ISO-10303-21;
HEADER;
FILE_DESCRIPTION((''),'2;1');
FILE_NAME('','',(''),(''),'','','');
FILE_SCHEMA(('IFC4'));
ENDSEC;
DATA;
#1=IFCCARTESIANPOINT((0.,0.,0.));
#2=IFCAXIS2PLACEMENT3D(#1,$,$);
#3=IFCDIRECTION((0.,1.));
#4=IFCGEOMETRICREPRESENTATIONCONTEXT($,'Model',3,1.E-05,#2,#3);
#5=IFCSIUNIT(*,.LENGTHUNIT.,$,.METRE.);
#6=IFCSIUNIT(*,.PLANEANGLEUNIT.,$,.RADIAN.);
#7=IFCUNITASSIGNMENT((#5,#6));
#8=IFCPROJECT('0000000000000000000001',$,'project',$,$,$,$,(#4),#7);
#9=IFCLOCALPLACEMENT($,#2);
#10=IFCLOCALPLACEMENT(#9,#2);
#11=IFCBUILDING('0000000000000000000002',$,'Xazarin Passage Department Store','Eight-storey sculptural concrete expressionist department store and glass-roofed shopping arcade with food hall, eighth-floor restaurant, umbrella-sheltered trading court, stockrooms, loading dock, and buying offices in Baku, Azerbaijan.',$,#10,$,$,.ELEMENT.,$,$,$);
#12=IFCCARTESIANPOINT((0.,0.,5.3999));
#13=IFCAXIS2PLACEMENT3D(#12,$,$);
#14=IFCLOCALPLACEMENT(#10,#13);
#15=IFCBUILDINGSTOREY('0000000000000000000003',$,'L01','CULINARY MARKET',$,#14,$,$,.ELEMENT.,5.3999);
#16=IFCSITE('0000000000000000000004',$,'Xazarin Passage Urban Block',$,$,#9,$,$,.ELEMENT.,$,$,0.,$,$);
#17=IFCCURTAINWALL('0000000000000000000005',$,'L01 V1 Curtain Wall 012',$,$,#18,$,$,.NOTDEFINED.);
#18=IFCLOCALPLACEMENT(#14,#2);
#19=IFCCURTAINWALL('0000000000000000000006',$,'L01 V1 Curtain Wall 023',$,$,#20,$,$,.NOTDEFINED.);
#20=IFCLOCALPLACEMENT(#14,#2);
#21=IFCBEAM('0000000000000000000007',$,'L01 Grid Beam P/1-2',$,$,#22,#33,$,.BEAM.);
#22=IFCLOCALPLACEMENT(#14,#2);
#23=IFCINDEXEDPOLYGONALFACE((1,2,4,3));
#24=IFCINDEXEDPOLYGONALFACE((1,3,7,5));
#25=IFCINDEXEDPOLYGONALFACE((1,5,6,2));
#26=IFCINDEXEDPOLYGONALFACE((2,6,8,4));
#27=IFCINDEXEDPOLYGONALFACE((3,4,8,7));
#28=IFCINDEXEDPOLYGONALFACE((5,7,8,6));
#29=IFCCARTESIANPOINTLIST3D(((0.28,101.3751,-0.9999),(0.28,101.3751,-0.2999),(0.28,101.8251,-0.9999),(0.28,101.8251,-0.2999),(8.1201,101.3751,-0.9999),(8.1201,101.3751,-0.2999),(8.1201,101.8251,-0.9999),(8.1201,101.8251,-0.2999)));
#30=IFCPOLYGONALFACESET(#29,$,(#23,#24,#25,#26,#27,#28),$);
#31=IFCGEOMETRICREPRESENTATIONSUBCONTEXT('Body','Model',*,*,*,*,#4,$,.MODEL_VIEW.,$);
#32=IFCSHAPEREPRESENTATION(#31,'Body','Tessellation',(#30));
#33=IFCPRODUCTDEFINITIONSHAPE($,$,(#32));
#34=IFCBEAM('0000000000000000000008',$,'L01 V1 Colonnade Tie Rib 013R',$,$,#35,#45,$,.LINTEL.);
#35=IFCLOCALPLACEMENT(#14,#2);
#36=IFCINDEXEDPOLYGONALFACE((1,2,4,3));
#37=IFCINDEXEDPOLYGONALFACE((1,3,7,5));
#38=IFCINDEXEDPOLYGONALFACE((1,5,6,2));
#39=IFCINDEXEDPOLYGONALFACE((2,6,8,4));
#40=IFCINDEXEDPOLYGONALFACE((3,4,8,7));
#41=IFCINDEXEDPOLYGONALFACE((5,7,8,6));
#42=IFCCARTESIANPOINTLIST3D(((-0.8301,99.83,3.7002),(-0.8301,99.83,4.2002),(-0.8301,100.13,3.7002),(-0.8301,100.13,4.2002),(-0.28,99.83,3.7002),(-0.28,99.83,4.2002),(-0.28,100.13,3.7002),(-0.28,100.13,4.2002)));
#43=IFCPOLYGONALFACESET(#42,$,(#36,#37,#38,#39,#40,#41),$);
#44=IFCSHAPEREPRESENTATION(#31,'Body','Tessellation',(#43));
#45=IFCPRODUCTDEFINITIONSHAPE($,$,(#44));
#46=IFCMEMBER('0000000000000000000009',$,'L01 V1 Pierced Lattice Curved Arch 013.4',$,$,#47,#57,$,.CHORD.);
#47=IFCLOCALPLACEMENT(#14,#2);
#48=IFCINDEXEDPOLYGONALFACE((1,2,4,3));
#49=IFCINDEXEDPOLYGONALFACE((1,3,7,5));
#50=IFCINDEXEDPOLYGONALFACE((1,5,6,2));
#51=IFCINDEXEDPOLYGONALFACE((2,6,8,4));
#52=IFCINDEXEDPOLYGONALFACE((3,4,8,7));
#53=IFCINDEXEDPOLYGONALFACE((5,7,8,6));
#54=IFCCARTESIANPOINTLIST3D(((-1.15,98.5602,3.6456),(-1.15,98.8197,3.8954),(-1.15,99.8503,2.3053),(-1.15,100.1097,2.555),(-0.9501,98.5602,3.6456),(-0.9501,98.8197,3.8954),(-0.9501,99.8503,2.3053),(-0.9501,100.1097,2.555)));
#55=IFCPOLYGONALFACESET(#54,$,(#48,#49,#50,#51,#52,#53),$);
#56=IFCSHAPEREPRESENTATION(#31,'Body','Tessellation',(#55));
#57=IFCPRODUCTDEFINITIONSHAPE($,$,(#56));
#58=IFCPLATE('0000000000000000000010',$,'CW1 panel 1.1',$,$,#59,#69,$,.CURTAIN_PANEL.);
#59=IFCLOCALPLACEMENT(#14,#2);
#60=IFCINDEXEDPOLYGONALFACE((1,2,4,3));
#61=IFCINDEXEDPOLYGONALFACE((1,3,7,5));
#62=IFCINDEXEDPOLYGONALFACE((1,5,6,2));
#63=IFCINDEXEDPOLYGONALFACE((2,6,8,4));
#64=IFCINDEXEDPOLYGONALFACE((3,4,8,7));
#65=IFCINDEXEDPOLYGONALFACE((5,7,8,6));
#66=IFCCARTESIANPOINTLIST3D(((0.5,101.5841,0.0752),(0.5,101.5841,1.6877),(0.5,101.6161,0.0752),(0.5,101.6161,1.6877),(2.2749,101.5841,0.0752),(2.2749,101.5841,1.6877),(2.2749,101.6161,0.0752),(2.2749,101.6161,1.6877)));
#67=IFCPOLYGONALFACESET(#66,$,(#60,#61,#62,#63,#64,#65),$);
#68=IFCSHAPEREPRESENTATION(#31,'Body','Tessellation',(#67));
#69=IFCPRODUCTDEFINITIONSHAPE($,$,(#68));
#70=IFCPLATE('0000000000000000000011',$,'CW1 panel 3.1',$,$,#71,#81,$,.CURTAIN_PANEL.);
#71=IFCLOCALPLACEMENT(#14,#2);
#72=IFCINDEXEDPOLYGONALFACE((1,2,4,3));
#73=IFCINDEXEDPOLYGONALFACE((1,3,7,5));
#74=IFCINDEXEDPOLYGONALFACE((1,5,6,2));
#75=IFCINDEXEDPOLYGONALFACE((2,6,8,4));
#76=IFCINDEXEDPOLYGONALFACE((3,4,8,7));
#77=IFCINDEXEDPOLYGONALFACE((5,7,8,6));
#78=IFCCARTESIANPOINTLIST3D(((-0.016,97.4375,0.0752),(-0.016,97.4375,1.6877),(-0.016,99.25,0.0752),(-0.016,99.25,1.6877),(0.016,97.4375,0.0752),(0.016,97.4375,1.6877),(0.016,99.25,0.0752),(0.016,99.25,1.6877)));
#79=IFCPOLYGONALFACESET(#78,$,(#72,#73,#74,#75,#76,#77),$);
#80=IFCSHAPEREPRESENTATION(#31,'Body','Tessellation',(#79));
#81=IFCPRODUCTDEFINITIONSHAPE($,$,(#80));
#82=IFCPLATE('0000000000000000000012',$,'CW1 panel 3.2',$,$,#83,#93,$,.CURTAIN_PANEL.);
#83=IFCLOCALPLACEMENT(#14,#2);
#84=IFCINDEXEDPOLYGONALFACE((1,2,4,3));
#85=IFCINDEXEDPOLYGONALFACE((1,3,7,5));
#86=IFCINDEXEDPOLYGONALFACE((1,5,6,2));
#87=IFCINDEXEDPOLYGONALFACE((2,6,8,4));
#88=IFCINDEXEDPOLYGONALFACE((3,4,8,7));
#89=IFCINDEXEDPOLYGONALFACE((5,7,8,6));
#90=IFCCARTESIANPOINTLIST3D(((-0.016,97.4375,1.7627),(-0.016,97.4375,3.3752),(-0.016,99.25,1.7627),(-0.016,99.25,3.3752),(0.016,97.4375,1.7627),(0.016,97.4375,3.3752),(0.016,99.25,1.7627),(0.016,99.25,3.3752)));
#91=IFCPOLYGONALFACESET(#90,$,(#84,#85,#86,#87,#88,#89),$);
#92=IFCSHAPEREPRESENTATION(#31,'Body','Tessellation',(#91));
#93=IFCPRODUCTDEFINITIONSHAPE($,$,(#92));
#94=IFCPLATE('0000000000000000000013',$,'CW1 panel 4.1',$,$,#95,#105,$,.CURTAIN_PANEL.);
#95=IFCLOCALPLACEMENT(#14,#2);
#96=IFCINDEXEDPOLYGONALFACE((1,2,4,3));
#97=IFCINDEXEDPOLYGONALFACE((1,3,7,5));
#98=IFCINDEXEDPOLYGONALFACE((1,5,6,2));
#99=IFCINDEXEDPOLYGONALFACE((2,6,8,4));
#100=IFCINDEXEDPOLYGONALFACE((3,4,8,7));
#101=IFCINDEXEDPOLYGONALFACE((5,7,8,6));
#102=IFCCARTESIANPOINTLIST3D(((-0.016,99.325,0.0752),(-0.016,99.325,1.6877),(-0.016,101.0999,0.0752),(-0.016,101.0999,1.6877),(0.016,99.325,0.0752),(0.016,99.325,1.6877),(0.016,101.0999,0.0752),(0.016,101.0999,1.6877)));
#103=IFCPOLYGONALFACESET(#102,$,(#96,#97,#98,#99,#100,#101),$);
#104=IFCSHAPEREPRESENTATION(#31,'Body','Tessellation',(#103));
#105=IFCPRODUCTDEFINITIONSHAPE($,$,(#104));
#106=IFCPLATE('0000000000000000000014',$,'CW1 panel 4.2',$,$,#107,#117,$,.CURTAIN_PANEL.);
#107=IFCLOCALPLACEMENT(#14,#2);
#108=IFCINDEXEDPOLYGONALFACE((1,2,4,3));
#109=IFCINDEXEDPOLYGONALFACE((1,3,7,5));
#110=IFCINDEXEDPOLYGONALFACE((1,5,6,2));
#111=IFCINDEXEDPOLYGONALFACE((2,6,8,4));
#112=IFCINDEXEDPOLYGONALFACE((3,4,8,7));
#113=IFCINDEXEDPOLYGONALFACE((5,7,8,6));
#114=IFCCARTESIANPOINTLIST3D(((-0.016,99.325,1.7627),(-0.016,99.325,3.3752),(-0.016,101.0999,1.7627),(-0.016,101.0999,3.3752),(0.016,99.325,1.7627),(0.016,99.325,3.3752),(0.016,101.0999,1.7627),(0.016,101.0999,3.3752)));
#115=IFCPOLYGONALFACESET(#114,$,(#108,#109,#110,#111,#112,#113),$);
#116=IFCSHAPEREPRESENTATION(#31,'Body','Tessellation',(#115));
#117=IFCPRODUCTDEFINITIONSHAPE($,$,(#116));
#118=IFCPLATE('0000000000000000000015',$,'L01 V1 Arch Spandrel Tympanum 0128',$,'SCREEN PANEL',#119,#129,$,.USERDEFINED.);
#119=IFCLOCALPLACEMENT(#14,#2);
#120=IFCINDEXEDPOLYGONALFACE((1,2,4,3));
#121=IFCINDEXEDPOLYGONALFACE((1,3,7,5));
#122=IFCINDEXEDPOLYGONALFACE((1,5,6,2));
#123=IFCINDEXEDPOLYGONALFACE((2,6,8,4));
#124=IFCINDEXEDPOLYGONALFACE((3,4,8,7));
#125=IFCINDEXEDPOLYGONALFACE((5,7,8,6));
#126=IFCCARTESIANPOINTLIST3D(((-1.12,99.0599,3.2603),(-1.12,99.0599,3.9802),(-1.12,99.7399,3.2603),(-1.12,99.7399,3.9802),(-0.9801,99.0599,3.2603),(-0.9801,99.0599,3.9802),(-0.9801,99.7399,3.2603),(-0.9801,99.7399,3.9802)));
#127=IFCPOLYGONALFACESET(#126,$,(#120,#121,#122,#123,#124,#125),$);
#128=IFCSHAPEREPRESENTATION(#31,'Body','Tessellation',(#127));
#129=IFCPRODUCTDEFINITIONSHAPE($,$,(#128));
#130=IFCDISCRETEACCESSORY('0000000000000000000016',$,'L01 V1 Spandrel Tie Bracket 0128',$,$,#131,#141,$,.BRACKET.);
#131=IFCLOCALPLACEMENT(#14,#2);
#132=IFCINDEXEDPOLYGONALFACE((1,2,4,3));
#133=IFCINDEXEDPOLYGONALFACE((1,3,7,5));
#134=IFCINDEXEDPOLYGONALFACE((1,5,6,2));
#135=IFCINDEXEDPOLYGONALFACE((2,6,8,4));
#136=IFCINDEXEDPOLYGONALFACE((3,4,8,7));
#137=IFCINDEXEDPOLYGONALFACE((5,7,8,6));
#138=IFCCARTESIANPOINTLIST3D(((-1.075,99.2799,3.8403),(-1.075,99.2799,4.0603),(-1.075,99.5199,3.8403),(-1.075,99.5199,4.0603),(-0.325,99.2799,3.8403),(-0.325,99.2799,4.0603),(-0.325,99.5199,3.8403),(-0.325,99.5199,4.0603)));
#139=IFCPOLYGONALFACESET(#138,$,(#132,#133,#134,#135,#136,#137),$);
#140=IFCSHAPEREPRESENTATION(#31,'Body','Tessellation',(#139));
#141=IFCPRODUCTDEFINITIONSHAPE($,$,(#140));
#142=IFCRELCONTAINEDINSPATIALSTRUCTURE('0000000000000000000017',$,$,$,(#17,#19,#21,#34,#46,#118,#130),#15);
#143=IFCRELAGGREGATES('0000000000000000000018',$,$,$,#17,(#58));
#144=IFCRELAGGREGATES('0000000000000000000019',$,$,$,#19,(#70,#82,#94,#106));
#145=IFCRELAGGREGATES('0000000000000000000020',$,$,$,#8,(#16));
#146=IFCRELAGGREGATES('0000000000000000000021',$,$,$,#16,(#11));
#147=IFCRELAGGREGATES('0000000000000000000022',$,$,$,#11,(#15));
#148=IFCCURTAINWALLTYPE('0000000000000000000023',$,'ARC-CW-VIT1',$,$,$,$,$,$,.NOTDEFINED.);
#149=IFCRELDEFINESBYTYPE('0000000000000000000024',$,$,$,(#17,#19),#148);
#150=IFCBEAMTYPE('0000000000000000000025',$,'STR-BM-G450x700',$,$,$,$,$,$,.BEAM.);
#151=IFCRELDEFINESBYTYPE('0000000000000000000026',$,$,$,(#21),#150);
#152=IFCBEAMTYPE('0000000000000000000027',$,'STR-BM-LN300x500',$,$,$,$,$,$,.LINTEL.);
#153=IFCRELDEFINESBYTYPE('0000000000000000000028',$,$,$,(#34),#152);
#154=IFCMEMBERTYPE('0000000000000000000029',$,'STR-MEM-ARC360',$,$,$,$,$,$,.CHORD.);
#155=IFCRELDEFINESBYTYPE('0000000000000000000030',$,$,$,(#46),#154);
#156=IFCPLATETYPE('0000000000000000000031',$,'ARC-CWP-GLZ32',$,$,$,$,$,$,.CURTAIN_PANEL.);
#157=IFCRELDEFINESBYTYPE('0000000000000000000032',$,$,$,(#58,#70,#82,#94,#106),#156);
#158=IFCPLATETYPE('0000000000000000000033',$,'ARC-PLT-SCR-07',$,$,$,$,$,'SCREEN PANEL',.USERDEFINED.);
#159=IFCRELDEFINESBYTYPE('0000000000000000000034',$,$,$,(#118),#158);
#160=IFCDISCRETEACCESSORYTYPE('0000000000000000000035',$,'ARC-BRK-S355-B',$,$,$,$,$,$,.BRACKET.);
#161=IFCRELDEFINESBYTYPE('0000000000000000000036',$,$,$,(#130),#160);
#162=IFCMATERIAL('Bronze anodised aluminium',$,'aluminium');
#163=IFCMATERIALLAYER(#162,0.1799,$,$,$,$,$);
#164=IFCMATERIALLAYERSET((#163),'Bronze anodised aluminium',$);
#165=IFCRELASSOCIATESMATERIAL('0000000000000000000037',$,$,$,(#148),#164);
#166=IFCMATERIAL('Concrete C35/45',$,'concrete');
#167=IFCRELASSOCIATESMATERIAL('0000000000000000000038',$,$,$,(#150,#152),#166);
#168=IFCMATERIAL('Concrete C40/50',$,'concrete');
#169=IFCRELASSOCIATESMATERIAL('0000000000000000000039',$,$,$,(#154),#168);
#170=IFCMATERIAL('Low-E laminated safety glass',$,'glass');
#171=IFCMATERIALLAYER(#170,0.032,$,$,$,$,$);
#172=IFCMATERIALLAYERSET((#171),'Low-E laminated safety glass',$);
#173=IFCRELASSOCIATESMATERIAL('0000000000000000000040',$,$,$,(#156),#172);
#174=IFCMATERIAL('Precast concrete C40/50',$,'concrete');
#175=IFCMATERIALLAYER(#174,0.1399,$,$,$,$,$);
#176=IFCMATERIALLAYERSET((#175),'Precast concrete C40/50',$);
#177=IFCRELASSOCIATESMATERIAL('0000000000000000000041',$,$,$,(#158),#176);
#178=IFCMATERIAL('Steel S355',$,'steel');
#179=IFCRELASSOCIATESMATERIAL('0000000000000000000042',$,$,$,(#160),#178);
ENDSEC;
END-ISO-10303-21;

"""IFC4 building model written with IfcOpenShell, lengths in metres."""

from ifc_helpers import new_model, si_unit, direction, frame, origin, origin_2d, place, context, subcontext, project, spatial, rectangle, extrude, material, layer, layer_set, material_profile, profile_set, type_object, element, aggregate, save


model = new_model("IFC4")

# Units and contexts
model_context = context("Model", 3, precision=1e-05, world=origin(), true_north=direction((0.0, 1.0)))
body_context = subcontext(model_context, "Body", "Model", "MODEL_VIEW")
ifc_project = project(units=[si_unit("LENGTHUNIT", "METRE"), si_unit("PLANEANGLEUNIT", "RADIAN")], contexts=[model_context])

# Site, building, storey
site_placement = place(None, origin())
site = spatial("IfcSite", under=ifc_project, at=site_placement, Name="Xazarin Passage Urban Block", CompositionType="ELEMENT", RefElevation=0.0)
building_placement = place(site_placement, origin())
building = spatial("IfcBuilding", under=site, at=building_placement, Name="Xazarin Passage Department Store", Description="Eight-storey sculptural concrete expressionist department store and glass-roofed shopping arcade with food hall, eighth-floor restaurant, umbrella-sheltered trading court, stockrooms, loading dock, and buying offices in Baku, Azerbaijan.", CompositionType="ELEMENT")
storey_placement = place(building_placement, frame((0.0, 0.0, 5.3999)))
storey = spatial("IfcBuildingStorey", under=building, at=storey_placement, Name="L01", Description="CULINARY MARKET", CompositionType="ELEMENT", Elevation=5.3999)

# Shared definitions
ifc_material_1 = material(Name="Concrete C40/50", Category="concrete")

# Curtain wall
ifc_material_2 = material(Name="Bronze anodised aluminium", Category="aluminium")
ifc_layer_1 = layer(ifc_material_2, 0.1799)
ifc_layer_set_1 = layer_set([ifc_layer_1], Name="Bronze anodised aluminium")
curtain_wall_type = type_object("IfcCurtainWallType", Name="ARC-CW-VIT1", PredefinedType="NOTDEFINED", material=ifc_layer_set_1)
curtain_wall_1_placement = place(storey_placement, origin())
curtain_wall_1 = element("IfcCurtainWall", 1, at=curtain_wall_1_placement, inside=storey, type_object=curtain_wall_type, Name="L01 V1 Curtain Wall 012", PredefinedType="NOTDEFINED")

# Curtain wall
curtain_wall_2_placement = place(storey_placement, origin())
curtain_wall_2 = element("IfcCurtainWall", 2, at=curtain_wall_2_placement, inside=storey, type_object=curtain_wall_type, Name="L01 V1 Curtain Wall 023", PredefinedType="NOTDEFINED")

# Beams
ifc_material_3 = material(Name="Concrete C35/45", Category="concrete")
ifc_material_profile_1 = material_profile(ifc_material_3, rectangle(XDim=0.45, YDim=0.7, at=origin_2d()), Name="RC 450x700")
ifc_profile_set_1 = profile_set([ifc_material_profile_1], Name="Concrete C35/45")
beam_type_1 = type_object("IfcBeamType", Name="STR-BM-G450x700", PredefinedType="BEAM", material=ifc_profile_set_1)
beam_1_placement = place(storey_placement, frame((0.28, 101.6001, -0.6499), z_axis=(1.0, 0.0, 0.0), x_axis=(0.0, 1.0, 0.0)))
element("IfcBeam", 3, at=beam_1_placement, inside=storey, type_object=beam_type_1, Name="L01 Grid Beam P/1-2", PredefinedType="BEAM", context=body_context, shape_type="SweptSolid", body=[
    extrude(rectangle(XDim=0.45, YDim=0.7, at=origin_2d()), origin(), (0.0, 0.0, 1.0), 7.8401),
])
ifc_material_profile_2 = material_profile(ifc_material_3, rectangle(XDim=0.3, YDim=0.5, at=origin_2d()), Name="RC 300x500")
ifc_profile_set_2 = profile_set([ifc_material_profile_2], Name="Concrete C35/45")
beam_type_2 = type_object("IfcBeamType", Name="STR-BM-LN300x500", PredefinedType="LINTEL", material=ifc_profile_set_2)
beam_2_placement = place(storey_placement, frame((-0.28, 99.98, 3.9502), z_axis=(-1.0, 0.0, 0.0), x_axis=(0.0, -1.0, 0.0)))
element("IfcBeam", 4, at=beam_2_placement, inside=storey, type_object=beam_type_2, Name="L01 V1 Colonnade Tie Rib 013R", PredefinedType="LINTEL", context=body_context, shape_type="SweptSolid", body=[
    extrude(rectangle(XDim=0.3, YDim=0.5, at=origin_2d()), origin(), (0.0, 0.0, 1.0), 0.55),
])

# Member
ifc_material_profile_3 = material_profile(ifc_material_1, rectangle(XDim=0.2, YDim=0.3601, at=origin_2d()), Name="RC 200x360")
ifc_profile_set_3 = profile_set([ifc_material_profile_3], Name="Concrete C40/50")
member_type_1 = type_object("IfcMemberType", Name="STR-MEM-ARC360", PredefinedType="CHORD", material=ifc_profile_set_3)
member_1_placement = place(storey_placement, frame((-1.05, 98.6899, 3.7705), z_axis=(0.0, 0.69346, -0.720495), x_axis=(-1.0, 0.0, 0.0)))
element("IfcMember", 5, at=member_1_placement, inside=storey, type_object=member_type_1, Name="L01 V1 Pierced Lattice Curved Arch 013.4", PredefinedType="CHORD", context=body_context, shape_type="SweptSolid", body=[
    extrude(rectangle(XDim=0.2, YDim=0.3601, at=origin_2d()), origin(), (0.0, 0.0, 1.0), 1.8604),
])

# Plates
ifc_material_4 = material(Name="Low-E laminated safety glass", Category="glass")
ifc_layer_2 = layer(ifc_material_4, 0.032)
ifc_layer_set_2 = layer_set([ifc_layer_2], Name="Low-E laminated safety glass")
plate_type_1 = type_object("IfcPlateType", Name="ARC-CWP-GLZ32", PredefinedType="CURTAIN_PANEL", material=ifc_layer_set_2)
plate_1_placement = place(storey_placement, frame((1.3875, 101.6001, 0.0752), z_axis=(0.0, 0.0, 1.0), x_axis=(1.0, 0.0, 0.0)))
plate_1 = element("IfcPlate", 6, at=plate_1_placement, type_object=plate_type_1, Name="CW1 panel 1.1", PredefinedType="CURTAIN_PANEL", context=body_context, shape_type="SweptSolid", body=[
    extrude(rectangle(XDim=1.7749, YDim=0.032, at=origin_2d()), origin(), (0.0, 0.0, 1.0), 1.6125),
])
aggregate(curtain_wall_1, [plate_1])
plate_2_placement = place(storey_placement, frame((0.0, 98.3438, 0.0752), z_axis=(0.0, 0.0, 1.0), x_axis=(0.0, 1.0, 0.0)))
plate_2 = element("IfcPlate", 7, at=plate_2_placement, type_object=plate_type_1, Name="CW1 panel 3.1", PredefinedType="CURTAIN_PANEL", context=body_context, shape_type="SweptSolid", body=[
    extrude(rectangle(XDim=1.8125, YDim=0.032, at=origin_2d()), origin(), (0.0, 0.0, 1.0), 1.6125),
])
plate_3_placement = place(storey_placement, frame((0.0, 98.3438, 1.7627), z_axis=(0.0, 0.0, 1.0), x_axis=(0.0, 1.0, 0.0)))
plate_3 = element("IfcPlate", 8, at=plate_3_placement, type_object=plate_type_1, Name="CW1 panel 3.2", PredefinedType="CURTAIN_PANEL", context=body_context, shape_type="SweptSolid", body=[
    extrude(rectangle(XDim=1.8125, YDim=0.032, at=origin_2d()), origin(), (0.0, 0.0, 1.0), 1.6125),
])
plate_4_placement = place(storey_placement, frame((0.0, 100.2124, 0.0752), z_axis=(0.0, 0.0, 1.0), x_axis=(0.0, 1.0, 0.0)))
plate_4 = element("IfcPlate", 9, at=plate_4_placement, type_object=plate_type_1, Name="CW1 panel 4.1", PredefinedType="CURTAIN_PANEL", context=body_context, shape_type="SweptSolid", body=[
    extrude(rectangle(XDim=1.7749, YDim=0.032, at=origin_2d()), origin(), (0.0, 0.0, 1.0), 1.6125),
])
plate_5_placement = place(storey_placement, frame((0.0, 100.2124, 1.7627), z_axis=(0.0, 0.0, 1.0), x_axis=(0.0, 1.0, 0.0)))
plate_5 = element("IfcPlate", 10, at=plate_5_placement, type_object=plate_type_1, Name="CW1 panel 4.2", PredefinedType="CURTAIN_PANEL", context=body_context, shape_type="SweptSolid", body=[
    extrude(rectangle(XDim=1.7749, YDim=0.032, at=origin_2d()), origin(), (0.0, 0.0, 1.0), 1.6125),
])
aggregate(curtain_wall_2, [plate_2, plate_3, plate_4, plate_5])
ifc_material_5 = material(Name="Precast concrete C40/50", Category="concrete")
ifc_layer_3 = layer(ifc_material_5, 0.1399)
ifc_layer_set_3 = layer_set([ifc_layer_3], Name="Precast concrete C40/50")
plate_type_2 = type_object("IfcPlateType", Name="ARC-PLT-SCR-07", ElementType="SCREEN PANEL", PredefinedType="USERDEFINED", material=ifc_layer_set_3)
plate_6_placement = place(storey_placement, frame((-1.05, 99.3999, 3.2603), z_axis=(0.0, 0.0, 1.0), x_axis=(0.0, 1.0, 0.0)))
element("IfcPlate", 11, at=plate_6_placement, inside=storey, type_object=plate_type_2, Name="L01 V1 Arch Spandrel Tympanum 0128", ObjectType="SCREEN PANEL", PredefinedType="USERDEFINED", context=body_context, shape_type="SweptSolid", body=[
    extrude(rectangle(XDim=0.6799, YDim=0.1399, at=origin_2d()), origin(), (0.0, 0.0, 1.0), 0.72),
])

# Discrete accessory
ifc_material_6 = material(Name="Steel S355", Category="steel")
discrete_accessory_type = type_object("IfcDiscreteAccessoryType", Name="ARC-BRK-S355-B", PredefinedType="BRACKET", material=ifc_material_6)
discrete_accessory_placement = place(storey_placement, frame((-0.7, 99.3999, 3.8403), z_axis=(0.0, 0.0, 1.0), x_axis=(0.0, 1.0, 0.0)))
element("IfcDiscreteAccessory", 12, at=discrete_accessory_placement, inside=storey, type_object=discrete_accessory_type, Name="L01 V1 Spandrel Tie Bracket 0128", PredefinedType="BRACKET", context=body_context, shape_type="SweptSolid", body=[
    extrude(rectangle(XDim=0.24, YDim=0.75, at=origin_2d()), origin(), (0.0, 0.0, 1.0), 0.22),
])

save(model, "model.ifc")
